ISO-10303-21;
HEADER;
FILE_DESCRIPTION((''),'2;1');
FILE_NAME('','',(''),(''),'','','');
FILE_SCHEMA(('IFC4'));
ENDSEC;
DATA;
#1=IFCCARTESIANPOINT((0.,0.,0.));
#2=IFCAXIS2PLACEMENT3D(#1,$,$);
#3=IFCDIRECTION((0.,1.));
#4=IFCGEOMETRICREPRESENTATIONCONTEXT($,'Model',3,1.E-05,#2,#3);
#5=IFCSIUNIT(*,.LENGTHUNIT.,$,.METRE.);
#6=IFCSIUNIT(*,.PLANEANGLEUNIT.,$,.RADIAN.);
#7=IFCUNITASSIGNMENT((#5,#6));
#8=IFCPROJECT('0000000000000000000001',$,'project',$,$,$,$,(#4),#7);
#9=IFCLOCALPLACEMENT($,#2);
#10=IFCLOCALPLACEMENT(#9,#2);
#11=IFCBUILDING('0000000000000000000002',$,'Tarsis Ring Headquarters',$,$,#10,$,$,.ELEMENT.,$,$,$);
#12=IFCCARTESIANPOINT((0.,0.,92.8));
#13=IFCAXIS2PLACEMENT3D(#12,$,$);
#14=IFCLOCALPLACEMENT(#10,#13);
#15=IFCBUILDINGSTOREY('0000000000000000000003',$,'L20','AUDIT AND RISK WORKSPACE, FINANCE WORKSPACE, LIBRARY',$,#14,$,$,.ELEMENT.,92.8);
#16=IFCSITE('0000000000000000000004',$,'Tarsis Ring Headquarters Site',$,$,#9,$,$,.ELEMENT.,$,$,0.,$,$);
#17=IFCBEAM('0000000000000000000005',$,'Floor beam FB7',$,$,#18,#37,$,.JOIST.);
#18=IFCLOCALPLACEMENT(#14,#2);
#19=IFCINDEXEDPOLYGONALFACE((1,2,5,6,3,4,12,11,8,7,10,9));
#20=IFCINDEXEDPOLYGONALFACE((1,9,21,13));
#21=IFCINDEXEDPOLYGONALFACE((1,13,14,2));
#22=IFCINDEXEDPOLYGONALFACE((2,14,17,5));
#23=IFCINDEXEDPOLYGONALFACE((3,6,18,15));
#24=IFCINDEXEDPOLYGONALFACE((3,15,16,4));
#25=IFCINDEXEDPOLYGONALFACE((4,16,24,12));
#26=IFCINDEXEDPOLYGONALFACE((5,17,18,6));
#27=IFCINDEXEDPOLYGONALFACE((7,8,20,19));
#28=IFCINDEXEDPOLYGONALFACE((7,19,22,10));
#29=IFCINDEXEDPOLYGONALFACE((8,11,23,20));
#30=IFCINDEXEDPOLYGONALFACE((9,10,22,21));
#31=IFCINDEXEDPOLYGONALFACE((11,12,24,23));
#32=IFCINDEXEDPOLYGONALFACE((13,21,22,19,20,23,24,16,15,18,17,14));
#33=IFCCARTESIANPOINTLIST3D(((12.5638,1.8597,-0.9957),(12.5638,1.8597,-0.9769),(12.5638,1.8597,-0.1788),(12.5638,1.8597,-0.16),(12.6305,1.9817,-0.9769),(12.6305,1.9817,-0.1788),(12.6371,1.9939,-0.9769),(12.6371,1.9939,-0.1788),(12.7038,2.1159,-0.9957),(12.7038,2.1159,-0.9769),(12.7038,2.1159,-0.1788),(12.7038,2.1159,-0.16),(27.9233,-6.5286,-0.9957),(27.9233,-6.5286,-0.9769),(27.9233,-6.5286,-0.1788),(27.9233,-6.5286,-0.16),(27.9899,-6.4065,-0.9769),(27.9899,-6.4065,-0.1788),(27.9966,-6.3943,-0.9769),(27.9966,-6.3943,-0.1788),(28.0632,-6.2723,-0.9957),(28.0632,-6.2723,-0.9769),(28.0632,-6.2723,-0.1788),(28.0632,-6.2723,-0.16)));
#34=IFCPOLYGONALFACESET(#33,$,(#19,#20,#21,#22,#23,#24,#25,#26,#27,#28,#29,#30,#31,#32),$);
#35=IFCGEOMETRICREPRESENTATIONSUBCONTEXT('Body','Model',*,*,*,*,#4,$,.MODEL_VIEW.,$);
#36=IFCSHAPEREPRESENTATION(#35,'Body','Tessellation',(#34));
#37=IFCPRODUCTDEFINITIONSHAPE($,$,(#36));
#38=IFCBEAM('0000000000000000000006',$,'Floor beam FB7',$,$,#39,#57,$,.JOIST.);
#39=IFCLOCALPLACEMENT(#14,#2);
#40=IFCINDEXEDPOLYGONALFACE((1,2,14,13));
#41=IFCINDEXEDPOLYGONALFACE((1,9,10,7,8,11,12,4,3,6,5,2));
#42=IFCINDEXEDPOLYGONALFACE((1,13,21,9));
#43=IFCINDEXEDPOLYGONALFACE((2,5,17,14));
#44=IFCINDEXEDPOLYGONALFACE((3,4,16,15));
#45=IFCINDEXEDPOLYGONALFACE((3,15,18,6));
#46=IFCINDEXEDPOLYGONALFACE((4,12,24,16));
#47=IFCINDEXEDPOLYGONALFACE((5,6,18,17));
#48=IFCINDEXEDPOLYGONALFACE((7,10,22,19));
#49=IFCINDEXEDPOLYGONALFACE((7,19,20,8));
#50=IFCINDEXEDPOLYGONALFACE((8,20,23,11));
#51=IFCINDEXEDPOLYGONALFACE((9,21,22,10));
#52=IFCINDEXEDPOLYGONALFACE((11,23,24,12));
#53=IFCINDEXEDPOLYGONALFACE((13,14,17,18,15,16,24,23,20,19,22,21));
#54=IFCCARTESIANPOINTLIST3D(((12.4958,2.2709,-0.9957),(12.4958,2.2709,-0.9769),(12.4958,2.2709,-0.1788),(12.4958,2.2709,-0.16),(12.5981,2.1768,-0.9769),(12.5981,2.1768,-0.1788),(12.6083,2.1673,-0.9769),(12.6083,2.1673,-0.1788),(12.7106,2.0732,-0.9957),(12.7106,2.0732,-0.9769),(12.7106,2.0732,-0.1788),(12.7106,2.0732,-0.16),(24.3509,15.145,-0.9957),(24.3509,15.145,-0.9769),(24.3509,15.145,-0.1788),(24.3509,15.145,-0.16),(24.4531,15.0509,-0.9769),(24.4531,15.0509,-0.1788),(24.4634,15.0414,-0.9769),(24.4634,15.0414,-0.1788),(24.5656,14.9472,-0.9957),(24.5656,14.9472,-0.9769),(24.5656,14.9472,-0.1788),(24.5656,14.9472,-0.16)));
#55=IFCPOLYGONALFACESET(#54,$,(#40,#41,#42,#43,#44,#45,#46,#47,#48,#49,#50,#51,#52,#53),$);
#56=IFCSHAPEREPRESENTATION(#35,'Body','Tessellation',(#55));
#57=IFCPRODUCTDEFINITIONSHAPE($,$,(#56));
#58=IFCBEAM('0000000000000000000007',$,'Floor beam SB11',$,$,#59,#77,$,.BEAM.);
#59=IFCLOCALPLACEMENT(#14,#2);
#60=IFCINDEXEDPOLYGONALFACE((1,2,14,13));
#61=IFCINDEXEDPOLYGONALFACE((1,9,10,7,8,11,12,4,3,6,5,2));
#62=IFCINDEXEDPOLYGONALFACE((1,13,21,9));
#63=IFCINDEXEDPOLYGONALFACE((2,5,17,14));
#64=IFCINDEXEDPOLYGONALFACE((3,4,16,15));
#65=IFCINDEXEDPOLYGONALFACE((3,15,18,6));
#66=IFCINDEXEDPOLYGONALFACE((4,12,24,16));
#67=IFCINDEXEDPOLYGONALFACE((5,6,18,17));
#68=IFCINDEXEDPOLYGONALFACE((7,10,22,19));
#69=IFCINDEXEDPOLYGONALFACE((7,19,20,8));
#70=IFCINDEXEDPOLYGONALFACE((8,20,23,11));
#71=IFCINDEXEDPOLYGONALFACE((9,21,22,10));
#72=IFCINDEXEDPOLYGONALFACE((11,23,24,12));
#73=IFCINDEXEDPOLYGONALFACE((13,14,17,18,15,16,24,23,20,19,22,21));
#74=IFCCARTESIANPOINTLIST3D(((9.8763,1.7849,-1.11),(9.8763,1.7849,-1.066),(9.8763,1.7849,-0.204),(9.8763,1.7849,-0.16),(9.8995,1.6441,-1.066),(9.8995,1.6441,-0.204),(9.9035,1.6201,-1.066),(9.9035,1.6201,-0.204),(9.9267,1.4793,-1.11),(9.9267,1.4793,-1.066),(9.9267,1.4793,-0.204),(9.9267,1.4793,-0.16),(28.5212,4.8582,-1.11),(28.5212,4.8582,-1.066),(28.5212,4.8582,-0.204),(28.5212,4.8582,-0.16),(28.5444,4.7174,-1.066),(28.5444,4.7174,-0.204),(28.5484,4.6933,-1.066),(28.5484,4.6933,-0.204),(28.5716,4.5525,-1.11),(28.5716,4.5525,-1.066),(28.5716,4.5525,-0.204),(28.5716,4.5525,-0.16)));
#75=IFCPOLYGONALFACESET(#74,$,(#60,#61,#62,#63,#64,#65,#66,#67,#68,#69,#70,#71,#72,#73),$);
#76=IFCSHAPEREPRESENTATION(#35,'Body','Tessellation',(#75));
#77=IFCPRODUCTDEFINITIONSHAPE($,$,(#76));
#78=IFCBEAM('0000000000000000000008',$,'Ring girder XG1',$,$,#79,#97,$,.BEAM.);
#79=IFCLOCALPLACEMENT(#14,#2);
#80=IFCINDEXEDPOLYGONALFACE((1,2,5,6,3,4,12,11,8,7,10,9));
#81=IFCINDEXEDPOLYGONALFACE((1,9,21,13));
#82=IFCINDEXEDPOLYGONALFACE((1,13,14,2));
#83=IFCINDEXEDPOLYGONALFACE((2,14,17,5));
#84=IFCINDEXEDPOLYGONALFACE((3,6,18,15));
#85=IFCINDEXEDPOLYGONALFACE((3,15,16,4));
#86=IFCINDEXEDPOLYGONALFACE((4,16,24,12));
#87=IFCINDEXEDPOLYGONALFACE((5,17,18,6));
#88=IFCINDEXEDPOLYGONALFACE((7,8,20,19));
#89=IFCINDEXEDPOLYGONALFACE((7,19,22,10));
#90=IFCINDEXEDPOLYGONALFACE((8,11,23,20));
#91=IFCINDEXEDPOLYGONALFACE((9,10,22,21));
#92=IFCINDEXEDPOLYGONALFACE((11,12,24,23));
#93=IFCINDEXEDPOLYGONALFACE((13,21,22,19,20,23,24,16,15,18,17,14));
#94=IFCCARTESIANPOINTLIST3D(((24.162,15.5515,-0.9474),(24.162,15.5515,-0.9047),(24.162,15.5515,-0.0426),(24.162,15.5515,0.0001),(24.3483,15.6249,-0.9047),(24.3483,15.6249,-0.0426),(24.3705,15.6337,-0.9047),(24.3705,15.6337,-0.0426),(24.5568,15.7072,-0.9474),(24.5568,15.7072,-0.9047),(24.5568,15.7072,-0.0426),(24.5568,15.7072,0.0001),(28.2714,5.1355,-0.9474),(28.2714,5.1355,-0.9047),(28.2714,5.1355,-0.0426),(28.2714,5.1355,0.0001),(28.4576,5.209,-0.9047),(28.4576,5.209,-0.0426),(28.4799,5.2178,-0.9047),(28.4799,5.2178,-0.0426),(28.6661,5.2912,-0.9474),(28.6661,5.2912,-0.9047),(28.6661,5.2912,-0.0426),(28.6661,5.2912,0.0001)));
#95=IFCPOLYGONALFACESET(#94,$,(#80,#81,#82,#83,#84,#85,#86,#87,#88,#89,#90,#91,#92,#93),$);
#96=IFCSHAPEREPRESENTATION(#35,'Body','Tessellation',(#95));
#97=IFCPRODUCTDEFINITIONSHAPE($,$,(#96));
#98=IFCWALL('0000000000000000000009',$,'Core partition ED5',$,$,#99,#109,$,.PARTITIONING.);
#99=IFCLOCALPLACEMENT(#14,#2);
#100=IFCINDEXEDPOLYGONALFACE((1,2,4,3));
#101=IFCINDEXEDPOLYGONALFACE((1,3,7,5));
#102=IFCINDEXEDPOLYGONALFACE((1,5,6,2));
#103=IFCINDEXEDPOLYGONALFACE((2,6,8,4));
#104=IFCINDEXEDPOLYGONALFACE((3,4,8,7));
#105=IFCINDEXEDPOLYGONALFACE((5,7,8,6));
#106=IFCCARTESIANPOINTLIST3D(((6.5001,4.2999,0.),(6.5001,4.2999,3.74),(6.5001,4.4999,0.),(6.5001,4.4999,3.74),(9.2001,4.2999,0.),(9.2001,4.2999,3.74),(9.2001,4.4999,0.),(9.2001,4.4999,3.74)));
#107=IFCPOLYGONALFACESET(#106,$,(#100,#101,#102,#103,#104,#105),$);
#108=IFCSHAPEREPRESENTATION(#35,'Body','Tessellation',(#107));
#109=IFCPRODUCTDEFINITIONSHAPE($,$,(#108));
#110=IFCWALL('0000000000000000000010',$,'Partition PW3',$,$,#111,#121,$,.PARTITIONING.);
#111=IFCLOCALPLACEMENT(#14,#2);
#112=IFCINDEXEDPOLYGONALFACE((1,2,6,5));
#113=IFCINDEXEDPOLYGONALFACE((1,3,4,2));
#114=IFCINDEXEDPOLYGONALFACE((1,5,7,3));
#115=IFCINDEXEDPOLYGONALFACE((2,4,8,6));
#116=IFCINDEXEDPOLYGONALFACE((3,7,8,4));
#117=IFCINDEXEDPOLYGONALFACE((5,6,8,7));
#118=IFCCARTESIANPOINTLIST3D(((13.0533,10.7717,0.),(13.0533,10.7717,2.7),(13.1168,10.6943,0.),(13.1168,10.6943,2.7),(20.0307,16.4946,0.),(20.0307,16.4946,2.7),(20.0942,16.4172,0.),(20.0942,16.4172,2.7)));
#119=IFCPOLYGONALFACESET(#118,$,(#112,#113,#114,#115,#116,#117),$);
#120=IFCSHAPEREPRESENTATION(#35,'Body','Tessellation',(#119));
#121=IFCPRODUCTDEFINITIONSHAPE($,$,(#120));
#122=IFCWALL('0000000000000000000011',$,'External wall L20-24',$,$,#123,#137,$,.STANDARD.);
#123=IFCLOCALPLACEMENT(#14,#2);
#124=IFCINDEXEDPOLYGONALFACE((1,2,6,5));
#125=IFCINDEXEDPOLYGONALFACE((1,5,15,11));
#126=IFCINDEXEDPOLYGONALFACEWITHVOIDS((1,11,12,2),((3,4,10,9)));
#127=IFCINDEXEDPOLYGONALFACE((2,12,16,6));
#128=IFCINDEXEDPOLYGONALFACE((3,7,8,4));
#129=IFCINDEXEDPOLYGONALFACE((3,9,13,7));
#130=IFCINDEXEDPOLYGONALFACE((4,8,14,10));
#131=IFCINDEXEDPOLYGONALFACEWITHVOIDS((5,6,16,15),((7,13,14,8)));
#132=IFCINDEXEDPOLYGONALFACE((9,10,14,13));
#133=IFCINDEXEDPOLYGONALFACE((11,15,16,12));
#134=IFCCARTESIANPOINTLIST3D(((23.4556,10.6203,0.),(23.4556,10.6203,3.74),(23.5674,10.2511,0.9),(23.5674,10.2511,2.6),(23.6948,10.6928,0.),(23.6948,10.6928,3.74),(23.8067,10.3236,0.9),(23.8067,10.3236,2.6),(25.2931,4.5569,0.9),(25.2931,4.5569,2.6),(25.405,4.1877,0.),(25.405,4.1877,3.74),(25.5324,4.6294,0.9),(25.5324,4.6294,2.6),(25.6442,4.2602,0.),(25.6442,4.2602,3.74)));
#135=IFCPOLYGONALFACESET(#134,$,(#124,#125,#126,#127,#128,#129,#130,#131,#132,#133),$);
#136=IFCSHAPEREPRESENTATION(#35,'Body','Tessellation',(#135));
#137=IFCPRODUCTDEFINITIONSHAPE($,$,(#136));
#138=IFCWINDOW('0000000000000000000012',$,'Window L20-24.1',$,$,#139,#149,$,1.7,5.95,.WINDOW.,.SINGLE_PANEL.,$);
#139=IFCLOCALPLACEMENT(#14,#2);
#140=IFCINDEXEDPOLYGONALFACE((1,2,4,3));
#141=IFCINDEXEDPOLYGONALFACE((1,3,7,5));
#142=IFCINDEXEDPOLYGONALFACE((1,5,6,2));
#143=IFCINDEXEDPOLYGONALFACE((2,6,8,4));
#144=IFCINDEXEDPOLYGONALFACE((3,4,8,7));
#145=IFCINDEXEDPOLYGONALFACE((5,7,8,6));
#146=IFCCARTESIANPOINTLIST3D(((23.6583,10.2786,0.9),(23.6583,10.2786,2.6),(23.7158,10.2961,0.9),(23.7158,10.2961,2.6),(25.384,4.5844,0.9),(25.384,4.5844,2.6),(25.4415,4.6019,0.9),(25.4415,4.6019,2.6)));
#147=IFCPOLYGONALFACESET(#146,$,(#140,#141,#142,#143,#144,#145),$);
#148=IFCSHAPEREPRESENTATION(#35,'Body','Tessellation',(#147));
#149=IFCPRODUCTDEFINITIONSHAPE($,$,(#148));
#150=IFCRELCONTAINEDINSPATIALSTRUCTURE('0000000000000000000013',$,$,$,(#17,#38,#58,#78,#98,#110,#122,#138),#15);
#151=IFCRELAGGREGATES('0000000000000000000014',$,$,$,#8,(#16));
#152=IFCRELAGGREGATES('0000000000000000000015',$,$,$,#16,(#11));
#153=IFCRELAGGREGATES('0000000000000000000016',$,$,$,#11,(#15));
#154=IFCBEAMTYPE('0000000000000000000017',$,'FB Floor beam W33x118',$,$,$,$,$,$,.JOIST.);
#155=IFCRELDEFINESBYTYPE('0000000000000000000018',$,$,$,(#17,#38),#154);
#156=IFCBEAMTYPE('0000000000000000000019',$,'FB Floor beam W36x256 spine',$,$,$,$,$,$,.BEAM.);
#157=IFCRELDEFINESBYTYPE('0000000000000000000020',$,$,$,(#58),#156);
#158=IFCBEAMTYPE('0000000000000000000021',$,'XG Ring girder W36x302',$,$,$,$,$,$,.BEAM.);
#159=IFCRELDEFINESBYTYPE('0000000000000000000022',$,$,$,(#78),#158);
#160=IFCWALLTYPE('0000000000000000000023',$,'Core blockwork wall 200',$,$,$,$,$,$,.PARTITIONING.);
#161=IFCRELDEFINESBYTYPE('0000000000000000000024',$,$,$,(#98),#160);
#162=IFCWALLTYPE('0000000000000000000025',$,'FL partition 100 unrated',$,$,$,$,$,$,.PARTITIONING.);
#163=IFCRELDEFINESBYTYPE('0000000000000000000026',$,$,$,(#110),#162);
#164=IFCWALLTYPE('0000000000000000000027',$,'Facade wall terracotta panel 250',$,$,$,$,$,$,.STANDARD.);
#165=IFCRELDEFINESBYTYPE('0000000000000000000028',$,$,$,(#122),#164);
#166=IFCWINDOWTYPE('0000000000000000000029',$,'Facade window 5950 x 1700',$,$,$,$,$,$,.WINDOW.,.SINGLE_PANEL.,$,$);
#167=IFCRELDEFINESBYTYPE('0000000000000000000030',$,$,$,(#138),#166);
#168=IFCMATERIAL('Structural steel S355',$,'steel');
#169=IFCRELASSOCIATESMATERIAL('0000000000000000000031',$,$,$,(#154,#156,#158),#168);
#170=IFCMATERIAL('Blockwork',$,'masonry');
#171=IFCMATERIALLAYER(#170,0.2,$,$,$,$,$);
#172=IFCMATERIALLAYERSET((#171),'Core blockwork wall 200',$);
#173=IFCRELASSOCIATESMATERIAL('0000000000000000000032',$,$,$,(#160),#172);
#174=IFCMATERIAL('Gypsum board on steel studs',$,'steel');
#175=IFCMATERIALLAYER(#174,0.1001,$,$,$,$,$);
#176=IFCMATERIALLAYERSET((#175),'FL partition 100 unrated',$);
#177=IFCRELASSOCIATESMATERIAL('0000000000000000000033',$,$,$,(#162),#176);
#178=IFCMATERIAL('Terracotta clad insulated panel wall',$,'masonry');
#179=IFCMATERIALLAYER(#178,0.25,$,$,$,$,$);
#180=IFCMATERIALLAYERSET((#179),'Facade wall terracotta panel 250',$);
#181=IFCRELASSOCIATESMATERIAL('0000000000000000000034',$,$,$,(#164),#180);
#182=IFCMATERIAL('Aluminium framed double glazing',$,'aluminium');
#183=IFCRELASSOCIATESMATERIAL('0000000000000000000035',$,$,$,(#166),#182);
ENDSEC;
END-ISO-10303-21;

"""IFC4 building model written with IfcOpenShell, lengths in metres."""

from ifc_helpers import new_model, si_unit, direction, frame, frame_2d, origin, origin_2d, place, context, subcontext, project, spatial, rectangle, i_section, extrude, material, layer, layer_set, material_profile, profile_set, type_object, element, fill, save


model = new_model("IFC4")

# Units and contexts
model_context = context("Model", 3, precision=1e-05, world=origin(), true_north=direction((0.0, 1.0)))
body_context = subcontext(model_context, "Body", "Model", "MODEL_VIEW")
ifc_project = project(units=[si_unit("LENGTHUNIT", "METRE"), si_unit("PLANEANGLEUNIT", "RADIAN")], contexts=[model_context])

# Site, building, storey
site_placement = place(None, origin())
site = spatial("IfcSite", under=ifc_project, at=site_placement, Name="Tarsis Ring Headquarters Site", CompositionType="ELEMENT", RefElevation=0.0)
building_placement = place(site_placement, origin())
building = spatial("IfcBuilding", under=site, at=building_placement, Name="Tarsis Ring Headquarters", CompositionType="ELEMENT")
storey_placement = place(building_placement, frame((0.0, 0.0, 92.8)))
storey = spatial("IfcBuildingStorey", under=building, at=storey_placement, Name="L20", Description="AUDIT AND RISK WORKSPACE, FINANCE WORKSPACE, LIBRARY", CompositionType="ELEMENT", Elevation=92.8)

# Shared definitions
ifc_material_1 = material(Name="Structural steel S355", Category="steel")

# Beams
ifc_material_profile_1 = material_profile(ifc_material_1, i_section(OverallWidth=0.292, OverallDepth=0.8357, WebThickness=0.0139, FlangeThickness=0.0188, at=origin_2d()), Name="W33x118")
ifc_profile_set_1 = profile_set([ifc_material_profile_1], Name="Structural steel S355")
beam_type_1 = type_object("IfcBeamType", Name="FB Floor beam W33x118", PredefinedType="JOIST", material=ifc_profile_set_1)
beam_1_placement = place(storey_placement, frame((12.6338, 1.9878, -0.5779), z_axis=(0.877647, -0.479308, 0.0), x_axis=(0.479308, 0.877647, 0.0)))
element("IfcBeam", 1, at=beam_1_placement, inside=storey, type_object=beam_type_1, Name="Floor beam FB7", PredefinedType="JOIST", context=body_context, shape_type="SweptSolid", body=[
    extrude(i_section(OverallWidth=0.292, OverallDepth=0.8357, WebThickness=0.0139, FlangeThickness=0.0188, at=origin_2d()), origin(), (0.0, 0.0, 1.0), 17.5007),
])
beam_2_placement = place(storey_placement, frame((24.4583, 15.0461, -0.5779), z_axis=(-0.677393, -0.735621, 0.0), x_axis=(0.735621, -0.677393, 0.0)))
element("IfcBeam", 2, at=beam_2_placement, inside=storey, type_object=beam_type_1, Name="Floor beam FB7", PredefinedType="JOIST", context=body_context, shape_type="SweptSolid", body=[
    extrude(i_section(OverallWidth=0.292, OverallDepth=0.8357, WebThickness=0.0139, FlangeThickness=0.0188, at=origin_2d()), origin(), (0.0, 0.0, 1.0), 17.501),
])
ifc_material_profile_2 = material_profile(ifc_material_1, i_section(OverallWidth=0.3098, OverallDepth=0.95, WebThickness=0.0244, FlangeThickness=0.0439, at=origin_2d()), Name="W36x256")
ifc_profile_set_2 = profile_set([ifc_material_profile_2], Name="Structural steel S355")
beam_type_2 = type_object("IfcBeamType", Name="FB Floor beam W36x256 spine", PredefinedType="BEAM", material=ifc_profile_set_2)
beam_3_placement = place(storey_placement, frame((28.5464, 4.7053, -0.635), z_axis=(-0.986686, -0.162635, 0.0), x_axis=(0.162635, -0.986686, 0.0)))
element("IfcBeam", 3, at=beam_3_placement, inside=storey, type_object=beam_type_2, Name="Floor beam SB11", PredefinedType="BEAM", context=body_context, shape_type="SweptSolid", body=[
    extrude(i_section(OverallWidth=0.3098, OverallDepth=0.95, WebThickness=0.0244, FlangeThickness=0.0439, at=origin_2d()), origin(), (0.0, 0.0, 1.0), 18.8965),
])
ifc_material_profile_3 = material_profile(ifc_material_1, i_section(OverallWidth=0.4243, OverallDepth=0.9475, WebThickness=0.0239, FlangeThickness=0.0427, at=origin_2d()), Name="W36x302")
ifc_profile_set_3 = profile_set([ifc_material_profile_3], Name="Structural steel S355")
beam_type_3 = type_object("IfcBeamType", Name="XG Ring girder W36x302", PredefinedType="BEAM", material=ifc_profile_set_3)
beam_4_placement = place(storey_placement, frame((28.4688, 5.2134, -0.4736), z_axis=(-0.366996, 0.930223, 0.0), x_axis=(-0.930223, -0.366996, 0.0)))
element("IfcBeam", 4, at=beam_4_placement, inside=storey, type_object=beam_type_3, Name="Ring girder XG1", PredefinedType="BEAM", context=body_context, shape_type="SweptSolid", body=[
    extrude(i_section(OverallWidth=0.4243, OverallDepth=0.9475, WebThickness=0.0239, FlangeThickness=0.0427, at=origin_2d()), origin(), (0.0, 0.0, 1.0), 11.1973),
])

# Walls
ifc_material_2 = material(Name="Blockwork", Category="masonry")
ifc_layer_1 = layer(ifc_material_2, 0.2)
ifc_layer_set_1 = layer_set([ifc_layer_1], Name="Core blockwork wall 200")
wall_type_1 = type_object("IfcWallType", Name="Core blockwork wall 200", PredefinedType="PARTITIONING", material=ifc_layer_set_1)
wall_1_placement = place(storey_placement, frame((6.5, 4.3999, 0.0), z_axis=(0.0, 0.0, 1.0), x_axis=(1.0, 0.0, 0.0)))
element("IfcWall", 5, at=wall_1_placement, inside=storey, type_object=wall_type_1, Name="Core partition ED5", PredefinedType="PARTITIONING", context=body_context, shape_type="SweptSolid", body=[
    extrude(rectangle(XDim=2.7, YDim=0.2, at=frame_2d((1.3501, 0.0))), origin(), (0.0, 0.0, 1.0), 3.74),
])
ifc_material_3 = material(Name="Gypsum board on steel studs", Category="steel")
ifc_layer_2 = layer(ifc_material_3, 0.1001)
ifc_layer_set_2 = layer_set([ifc_layer_2], Name="FL partition 100 unrated")
wall_type_2 = type_object("IfcWallType", Name="FL partition 100 unrated", PredefinedType="PARTITIONING", material=ifc_layer_set_2)
wall_2_placement = place(storey_placement, frame((13.085, 10.7329, 0.0), z_axis=(0.0, 0.0, 1.0), x_axis=(0.773185, 0.63418, 0.0)))
element("IfcWall", 6, at=wall_2_placement, inside=storey, type_object=wall_type_2, Name="Partition PW3", PredefinedType="PARTITIONING", context=body_context, shape_type="SweptSolid", body=[
    extrude(rectangle(XDim=9.0242, YDim=0.1001, at=frame_2d((4.5122, 0.0))), origin(), (0.0, 0.0, 1.0), 2.7),
])

# Wall, opening, window
ifc_material_4 = material(Name="Terracotta clad insulated panel wall", Category="masonry")
ifc_layer_3 = layer(ifc_material_4, 0.25)
ifc_layer_set_3 = layer_set([ifc_layer_3], Name="Facade wall terracotta panel 250")
wall_type_3 = type_object("IfcWallType", Name="Facade wall terracotta panel 250", PredefinedType="STANDARD", material=ifc_layer_set_3)
wall_3_placement = place(storey_placement, frame((25.5247, 4.2239, 0.0), z_axis=(0.0, 0.0, 1.0), x_axis=(-0.290033, 0.957017, 0.0)))
wall_3 = element("IfcWall", 7, at=wall_3_placement, inside=storey, type_object=wall_type_3, Name="External wall L20-24", PredefinedType="STANDARD", context=body_context, shape_type="SweptSolid", body=[
    extrude(rectangle(XDim=6.7214, YDim=0.25, at=frame_2d((3.3608, 0.0))), origin(), (0.0, 0.0, 1.0), 3.74),
])
opening_1_placement = place(wall_3_placement, frame((0.3857, 0.0, 0.8999)))
opening_1 = element("IfcOpeningElement", 8, at=opening_1_placement, cuts=wall_3, PredefinedType="OPENING", context=body_context, shape_type="SweptSolid", body=[
    extrude(rectangle(XDim=5.95, YDim=1.7, at=frame_2d((2.9751, 0.8501))), frame((0.0, 0.135, 0.0), z_axis=(0.0, -1.0, 0.0), x_axis=(1.0, 0.0, 0.0)), (0.0, 0.0, 1.0), 0.27),
])
ifc_material_5 = material(Name="Aluminium framed double glazing", Category="aluminium")
window_type = type_object("IfcWindowType", Name="Facade window 5950 x 1700", PartitioningType="SINGLE_PANEL", PredefinedType="WINDOW", material=ifc_material_5)
window_1_placement = place(opening_1_placement, origin())
window_1 = element("IfcWindow", 9, at=window_1_placement, inside=storey, type_object=window_type, Name="Window L20-24.1", OverallHeight=1.7, OverallWidth=5.95, PartitioningType="SINGLE_PANEL", PredefinedType="WINDOW", context=body_context, shape_type="SweptSolid", body=[
    extrude(rectangle(XDim=5.95, YDim=1.7, at=frame_2d((2.9751, 0.8501))), frame((0.0, 0.03, 0.0), z_axis=(0.0, -1.0, 0.0), x_axis=(1.0, 0.0, 0.0)), (0.0, 0.0, 1.0), 0.0601),
])
fill(opening_1, window_1)

save(model, "model.ifc")
